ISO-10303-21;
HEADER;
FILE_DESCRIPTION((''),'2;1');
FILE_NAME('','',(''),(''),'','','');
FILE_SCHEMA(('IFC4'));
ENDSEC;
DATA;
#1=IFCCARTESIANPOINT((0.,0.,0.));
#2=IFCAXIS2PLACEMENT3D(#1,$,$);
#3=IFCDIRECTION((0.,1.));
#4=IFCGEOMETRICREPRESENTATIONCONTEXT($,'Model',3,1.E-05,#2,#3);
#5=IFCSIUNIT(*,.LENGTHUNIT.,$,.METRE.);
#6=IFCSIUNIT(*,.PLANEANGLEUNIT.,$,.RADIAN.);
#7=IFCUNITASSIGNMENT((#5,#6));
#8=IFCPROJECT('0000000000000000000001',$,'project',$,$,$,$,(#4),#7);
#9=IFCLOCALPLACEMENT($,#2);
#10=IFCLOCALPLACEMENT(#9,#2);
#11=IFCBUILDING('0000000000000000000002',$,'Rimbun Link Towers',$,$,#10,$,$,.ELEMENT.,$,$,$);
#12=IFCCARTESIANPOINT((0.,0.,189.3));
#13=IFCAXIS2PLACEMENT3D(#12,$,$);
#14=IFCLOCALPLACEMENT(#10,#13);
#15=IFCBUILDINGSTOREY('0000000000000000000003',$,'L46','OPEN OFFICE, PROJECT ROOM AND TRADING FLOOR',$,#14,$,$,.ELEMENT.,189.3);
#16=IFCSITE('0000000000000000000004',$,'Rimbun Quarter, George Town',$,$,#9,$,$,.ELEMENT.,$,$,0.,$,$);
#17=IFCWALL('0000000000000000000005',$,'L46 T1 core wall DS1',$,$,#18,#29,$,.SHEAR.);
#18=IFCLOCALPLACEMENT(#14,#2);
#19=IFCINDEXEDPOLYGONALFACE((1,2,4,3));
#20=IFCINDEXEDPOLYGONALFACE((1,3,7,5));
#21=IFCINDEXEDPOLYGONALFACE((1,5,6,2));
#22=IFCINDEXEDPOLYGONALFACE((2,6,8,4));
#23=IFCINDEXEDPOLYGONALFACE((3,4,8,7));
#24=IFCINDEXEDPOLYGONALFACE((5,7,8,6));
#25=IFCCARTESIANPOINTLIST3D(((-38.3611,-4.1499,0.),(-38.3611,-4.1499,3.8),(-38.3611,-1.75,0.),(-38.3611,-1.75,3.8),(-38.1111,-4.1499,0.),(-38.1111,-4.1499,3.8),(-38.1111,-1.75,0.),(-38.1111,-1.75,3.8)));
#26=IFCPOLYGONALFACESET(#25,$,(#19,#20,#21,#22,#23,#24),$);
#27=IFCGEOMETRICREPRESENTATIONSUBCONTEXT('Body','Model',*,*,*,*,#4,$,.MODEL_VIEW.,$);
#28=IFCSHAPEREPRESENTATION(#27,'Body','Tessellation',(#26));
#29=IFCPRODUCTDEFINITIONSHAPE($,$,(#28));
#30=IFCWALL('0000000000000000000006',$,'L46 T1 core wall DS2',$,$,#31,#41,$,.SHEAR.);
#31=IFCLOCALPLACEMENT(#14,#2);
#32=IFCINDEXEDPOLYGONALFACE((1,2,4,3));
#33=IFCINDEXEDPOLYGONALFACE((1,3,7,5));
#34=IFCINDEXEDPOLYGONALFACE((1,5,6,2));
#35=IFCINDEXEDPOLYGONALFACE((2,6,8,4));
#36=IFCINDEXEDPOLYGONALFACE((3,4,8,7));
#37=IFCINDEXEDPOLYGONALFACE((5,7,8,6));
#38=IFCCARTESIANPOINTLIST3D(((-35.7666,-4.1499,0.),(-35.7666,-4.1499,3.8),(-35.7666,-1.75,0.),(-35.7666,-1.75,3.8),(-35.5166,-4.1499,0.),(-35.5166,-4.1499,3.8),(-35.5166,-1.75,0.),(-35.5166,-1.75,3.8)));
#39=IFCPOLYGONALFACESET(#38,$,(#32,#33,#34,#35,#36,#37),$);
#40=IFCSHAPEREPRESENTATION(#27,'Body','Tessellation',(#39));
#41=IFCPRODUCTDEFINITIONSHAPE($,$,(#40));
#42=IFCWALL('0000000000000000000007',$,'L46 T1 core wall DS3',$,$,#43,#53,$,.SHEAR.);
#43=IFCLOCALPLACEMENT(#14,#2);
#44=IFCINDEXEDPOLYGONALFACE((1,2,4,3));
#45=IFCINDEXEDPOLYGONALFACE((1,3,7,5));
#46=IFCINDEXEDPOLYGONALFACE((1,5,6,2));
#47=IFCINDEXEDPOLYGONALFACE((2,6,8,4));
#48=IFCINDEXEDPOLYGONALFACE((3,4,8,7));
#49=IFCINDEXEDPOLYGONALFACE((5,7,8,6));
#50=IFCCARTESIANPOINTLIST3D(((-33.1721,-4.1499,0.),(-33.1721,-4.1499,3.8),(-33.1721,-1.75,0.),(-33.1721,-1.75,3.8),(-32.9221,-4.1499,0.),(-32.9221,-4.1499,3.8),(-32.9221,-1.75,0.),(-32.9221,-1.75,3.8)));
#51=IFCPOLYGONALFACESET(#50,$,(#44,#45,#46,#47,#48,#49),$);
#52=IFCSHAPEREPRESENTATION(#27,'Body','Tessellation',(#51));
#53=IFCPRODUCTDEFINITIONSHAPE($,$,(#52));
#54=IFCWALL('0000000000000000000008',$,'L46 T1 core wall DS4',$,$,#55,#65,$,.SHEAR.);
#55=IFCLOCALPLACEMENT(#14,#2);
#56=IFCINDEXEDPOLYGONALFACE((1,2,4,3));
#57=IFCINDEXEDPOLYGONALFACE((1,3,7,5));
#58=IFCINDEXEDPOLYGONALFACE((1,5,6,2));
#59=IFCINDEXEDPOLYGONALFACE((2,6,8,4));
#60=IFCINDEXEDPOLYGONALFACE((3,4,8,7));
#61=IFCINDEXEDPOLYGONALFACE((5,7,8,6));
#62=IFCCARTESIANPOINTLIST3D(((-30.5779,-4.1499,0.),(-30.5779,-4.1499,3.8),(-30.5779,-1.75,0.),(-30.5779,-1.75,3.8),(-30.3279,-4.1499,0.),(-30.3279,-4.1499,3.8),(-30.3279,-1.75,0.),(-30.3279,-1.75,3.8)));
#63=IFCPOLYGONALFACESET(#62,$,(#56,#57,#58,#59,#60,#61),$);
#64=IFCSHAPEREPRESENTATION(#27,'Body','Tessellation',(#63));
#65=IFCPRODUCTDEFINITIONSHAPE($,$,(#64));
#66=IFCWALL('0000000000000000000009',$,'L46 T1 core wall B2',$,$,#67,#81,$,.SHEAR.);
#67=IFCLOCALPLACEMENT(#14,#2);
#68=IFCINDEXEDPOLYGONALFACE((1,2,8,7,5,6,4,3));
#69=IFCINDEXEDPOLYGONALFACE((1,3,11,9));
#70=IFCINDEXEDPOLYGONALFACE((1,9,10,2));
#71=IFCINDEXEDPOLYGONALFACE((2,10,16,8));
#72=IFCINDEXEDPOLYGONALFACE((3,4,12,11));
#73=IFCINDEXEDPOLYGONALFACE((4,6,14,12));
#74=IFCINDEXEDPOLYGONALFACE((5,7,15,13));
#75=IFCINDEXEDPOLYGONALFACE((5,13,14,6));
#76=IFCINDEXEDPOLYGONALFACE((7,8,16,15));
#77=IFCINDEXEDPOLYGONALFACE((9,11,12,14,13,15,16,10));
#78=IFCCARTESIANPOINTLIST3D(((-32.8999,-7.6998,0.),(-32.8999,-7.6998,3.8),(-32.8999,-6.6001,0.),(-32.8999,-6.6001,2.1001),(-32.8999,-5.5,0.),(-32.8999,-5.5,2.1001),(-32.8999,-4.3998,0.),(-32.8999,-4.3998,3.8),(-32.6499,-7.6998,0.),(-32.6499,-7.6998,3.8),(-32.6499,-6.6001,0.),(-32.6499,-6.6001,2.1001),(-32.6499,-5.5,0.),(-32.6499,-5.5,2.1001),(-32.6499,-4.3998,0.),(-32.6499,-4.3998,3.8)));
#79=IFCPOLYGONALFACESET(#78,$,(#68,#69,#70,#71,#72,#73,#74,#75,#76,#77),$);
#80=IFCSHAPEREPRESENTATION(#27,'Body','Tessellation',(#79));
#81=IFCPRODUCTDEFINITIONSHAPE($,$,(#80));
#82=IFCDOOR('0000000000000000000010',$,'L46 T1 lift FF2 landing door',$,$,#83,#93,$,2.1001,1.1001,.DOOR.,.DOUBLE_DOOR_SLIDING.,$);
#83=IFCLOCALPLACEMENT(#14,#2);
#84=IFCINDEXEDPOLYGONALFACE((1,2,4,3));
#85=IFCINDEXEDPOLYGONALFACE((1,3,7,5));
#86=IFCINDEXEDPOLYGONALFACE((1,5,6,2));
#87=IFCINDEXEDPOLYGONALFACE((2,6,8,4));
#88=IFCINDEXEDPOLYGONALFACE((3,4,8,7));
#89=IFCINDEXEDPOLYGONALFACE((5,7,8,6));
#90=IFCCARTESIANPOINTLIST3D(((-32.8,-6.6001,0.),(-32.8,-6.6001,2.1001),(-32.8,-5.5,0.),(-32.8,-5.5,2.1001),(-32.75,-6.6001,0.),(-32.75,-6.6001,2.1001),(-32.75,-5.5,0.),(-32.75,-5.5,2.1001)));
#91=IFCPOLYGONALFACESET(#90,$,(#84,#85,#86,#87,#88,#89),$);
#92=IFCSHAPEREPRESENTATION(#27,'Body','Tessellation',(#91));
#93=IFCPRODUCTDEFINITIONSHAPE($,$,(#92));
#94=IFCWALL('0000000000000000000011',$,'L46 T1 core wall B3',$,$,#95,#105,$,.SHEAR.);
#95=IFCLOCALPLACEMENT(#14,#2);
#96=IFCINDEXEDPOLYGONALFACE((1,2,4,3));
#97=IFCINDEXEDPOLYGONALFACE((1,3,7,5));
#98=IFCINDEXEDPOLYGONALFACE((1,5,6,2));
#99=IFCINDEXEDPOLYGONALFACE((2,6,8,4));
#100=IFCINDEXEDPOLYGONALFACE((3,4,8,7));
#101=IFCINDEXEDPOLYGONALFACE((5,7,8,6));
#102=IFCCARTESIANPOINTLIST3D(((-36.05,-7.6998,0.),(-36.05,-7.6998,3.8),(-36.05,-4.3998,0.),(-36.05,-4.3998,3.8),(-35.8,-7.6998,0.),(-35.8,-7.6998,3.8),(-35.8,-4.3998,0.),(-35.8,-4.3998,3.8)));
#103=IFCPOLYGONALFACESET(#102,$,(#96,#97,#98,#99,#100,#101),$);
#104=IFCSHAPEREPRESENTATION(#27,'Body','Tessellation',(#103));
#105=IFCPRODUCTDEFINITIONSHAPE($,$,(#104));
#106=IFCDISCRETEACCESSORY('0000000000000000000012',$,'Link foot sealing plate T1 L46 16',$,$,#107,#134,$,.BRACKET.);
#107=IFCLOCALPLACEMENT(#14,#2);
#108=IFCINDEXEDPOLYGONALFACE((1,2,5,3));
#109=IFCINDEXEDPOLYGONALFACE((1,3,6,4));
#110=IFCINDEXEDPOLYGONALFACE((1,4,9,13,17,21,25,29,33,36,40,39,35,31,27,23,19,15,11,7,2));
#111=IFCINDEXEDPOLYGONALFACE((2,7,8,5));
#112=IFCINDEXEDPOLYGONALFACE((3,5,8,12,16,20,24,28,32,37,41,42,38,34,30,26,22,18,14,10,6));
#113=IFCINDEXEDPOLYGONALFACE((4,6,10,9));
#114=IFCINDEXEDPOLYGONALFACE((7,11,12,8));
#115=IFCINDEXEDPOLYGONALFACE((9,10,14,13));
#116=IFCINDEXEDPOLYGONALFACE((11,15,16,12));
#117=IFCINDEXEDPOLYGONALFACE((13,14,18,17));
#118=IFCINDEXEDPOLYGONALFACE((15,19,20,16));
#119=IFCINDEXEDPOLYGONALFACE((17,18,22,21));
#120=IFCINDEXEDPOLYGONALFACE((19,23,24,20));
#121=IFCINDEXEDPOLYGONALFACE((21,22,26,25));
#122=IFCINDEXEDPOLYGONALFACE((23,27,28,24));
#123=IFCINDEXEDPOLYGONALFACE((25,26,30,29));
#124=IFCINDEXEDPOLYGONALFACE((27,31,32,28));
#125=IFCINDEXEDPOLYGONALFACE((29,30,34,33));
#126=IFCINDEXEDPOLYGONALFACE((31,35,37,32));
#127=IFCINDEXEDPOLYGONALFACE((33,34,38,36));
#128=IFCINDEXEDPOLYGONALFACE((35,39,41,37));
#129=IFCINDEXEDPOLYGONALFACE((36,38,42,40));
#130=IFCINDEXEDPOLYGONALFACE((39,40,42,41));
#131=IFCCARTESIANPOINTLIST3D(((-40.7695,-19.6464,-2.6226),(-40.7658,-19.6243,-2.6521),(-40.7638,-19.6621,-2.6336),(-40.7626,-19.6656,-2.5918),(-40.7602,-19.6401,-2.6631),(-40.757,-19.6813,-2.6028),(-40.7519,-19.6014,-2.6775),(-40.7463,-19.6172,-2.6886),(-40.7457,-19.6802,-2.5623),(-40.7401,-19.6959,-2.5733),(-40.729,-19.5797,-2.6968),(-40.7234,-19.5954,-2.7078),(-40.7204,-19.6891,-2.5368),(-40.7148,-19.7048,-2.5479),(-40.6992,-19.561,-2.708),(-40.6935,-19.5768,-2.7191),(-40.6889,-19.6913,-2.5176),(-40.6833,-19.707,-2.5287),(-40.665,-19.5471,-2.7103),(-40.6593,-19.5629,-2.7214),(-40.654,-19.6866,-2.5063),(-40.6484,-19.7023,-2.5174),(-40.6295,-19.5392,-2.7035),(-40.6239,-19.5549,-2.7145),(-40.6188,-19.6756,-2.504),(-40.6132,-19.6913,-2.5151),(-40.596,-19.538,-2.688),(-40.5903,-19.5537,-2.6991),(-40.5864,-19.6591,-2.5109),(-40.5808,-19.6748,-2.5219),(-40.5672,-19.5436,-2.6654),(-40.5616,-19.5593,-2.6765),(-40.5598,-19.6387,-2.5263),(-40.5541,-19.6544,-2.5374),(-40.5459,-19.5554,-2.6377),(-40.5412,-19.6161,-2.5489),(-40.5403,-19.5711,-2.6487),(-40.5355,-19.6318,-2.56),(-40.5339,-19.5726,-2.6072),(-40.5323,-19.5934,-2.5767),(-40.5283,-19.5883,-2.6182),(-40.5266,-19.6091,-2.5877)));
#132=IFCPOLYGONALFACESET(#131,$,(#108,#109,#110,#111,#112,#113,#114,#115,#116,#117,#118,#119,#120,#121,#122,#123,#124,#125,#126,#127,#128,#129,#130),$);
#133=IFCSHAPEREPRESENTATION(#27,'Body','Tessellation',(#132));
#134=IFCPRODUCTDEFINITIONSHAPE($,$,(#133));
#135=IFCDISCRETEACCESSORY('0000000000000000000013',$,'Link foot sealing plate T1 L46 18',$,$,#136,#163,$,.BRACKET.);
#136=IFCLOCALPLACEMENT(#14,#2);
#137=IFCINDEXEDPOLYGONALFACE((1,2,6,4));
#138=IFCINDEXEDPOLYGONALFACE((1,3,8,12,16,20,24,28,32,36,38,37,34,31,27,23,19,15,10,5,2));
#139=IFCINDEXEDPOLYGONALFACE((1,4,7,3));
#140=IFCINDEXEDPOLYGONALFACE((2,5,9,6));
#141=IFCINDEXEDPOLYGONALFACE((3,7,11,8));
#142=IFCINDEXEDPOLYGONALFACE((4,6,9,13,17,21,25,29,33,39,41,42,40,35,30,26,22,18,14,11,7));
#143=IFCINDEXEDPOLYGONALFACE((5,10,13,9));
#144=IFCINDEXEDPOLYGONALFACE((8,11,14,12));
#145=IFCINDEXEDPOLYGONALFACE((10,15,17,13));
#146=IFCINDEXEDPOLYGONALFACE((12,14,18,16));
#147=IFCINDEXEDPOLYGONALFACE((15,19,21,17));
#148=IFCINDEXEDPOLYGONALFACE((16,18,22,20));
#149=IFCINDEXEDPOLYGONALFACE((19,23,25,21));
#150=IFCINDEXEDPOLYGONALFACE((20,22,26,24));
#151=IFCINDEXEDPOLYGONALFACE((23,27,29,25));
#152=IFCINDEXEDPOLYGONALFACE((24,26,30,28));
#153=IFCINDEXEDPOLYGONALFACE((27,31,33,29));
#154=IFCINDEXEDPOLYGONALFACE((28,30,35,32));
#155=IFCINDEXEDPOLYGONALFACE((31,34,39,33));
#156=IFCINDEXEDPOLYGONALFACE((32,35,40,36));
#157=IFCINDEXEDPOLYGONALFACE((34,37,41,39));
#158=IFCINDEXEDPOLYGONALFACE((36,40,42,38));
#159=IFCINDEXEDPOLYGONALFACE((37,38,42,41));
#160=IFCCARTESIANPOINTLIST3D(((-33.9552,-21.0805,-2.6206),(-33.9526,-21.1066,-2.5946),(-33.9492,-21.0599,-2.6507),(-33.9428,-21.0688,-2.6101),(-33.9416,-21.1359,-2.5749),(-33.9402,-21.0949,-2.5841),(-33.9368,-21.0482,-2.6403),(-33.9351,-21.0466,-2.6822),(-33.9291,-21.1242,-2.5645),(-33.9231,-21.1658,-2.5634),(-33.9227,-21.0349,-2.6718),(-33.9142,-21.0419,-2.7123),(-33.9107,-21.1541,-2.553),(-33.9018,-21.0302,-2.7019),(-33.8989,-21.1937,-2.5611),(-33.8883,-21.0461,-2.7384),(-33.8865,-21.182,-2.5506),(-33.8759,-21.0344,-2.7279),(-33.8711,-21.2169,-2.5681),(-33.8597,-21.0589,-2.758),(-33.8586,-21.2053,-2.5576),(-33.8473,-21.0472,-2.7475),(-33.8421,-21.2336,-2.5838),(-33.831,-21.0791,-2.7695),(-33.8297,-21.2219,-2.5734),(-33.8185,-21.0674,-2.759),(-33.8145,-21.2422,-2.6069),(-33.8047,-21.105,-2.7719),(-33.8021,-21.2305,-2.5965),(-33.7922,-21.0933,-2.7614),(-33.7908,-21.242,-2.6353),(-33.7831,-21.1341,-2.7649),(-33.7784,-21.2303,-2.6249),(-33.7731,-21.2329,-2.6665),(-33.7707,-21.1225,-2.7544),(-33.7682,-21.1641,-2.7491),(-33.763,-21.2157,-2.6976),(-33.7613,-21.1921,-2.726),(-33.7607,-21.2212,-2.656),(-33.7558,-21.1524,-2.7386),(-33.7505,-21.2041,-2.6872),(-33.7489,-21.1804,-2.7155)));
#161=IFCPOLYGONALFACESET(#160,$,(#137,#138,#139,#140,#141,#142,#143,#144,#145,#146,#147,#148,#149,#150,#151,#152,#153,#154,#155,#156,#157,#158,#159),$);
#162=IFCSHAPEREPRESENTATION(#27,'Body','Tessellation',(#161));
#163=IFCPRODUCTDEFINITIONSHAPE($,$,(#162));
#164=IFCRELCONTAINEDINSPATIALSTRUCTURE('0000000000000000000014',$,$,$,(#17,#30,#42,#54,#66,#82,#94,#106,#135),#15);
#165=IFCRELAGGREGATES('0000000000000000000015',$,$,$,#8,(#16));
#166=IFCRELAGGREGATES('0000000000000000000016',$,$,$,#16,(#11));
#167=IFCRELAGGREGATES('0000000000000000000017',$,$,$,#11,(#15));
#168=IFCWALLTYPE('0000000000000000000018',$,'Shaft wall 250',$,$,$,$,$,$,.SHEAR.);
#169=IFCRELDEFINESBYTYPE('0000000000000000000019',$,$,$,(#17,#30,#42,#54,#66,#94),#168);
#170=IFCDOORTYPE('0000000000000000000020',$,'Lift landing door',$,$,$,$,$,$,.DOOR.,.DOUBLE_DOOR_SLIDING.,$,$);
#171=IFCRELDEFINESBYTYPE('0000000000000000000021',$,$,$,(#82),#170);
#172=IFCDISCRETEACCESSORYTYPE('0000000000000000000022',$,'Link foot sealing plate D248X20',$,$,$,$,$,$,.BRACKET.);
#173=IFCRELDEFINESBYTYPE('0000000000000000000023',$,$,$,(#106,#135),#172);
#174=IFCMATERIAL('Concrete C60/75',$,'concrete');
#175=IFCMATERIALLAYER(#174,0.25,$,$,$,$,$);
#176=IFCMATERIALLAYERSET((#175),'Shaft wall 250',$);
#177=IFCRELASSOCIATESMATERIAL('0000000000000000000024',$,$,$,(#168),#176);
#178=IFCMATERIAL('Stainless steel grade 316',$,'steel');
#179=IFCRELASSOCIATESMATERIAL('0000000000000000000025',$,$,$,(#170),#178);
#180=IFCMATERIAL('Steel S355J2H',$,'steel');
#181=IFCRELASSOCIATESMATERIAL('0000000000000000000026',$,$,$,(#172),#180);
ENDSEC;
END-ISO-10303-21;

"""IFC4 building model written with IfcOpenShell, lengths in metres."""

from ifc_helpers import new_model, si_unit, direction, frame, frame_2d, origin, origin_2d, place, context, subcontext, project, spatial, rectangle, circle, extrude, material, layer, layer_set, material_profile, profile_set, type_object, element, fill, save


model = new_model("IFC4")

# Units and contexts
model_context = context("Model", 3, precision=1e-05, world=origin(), true_north=direction((0.0, 1.0)))
body_context = subcontext(model_context, "Body", "Model", "MODEL_VIEW")
ifc_project = project(units=[si_unit("LENGTHUNIT", "METRE"), si_unit("PLANEANGLEUNIT", "RADIAN")], contexts=[model_context])

# Site, building, storey
site_placement = place(None, origin())
site = spatial("IfcSite", under=ifc_project, at=site_placement, Name="Rimbun Quarter, George Town", CompositionType="ELEMENT", RefElevation=0.0)
building_placement = place(site_placement, origin())
building = spatial("IfcBuilding", under=site, at=building_placement, Name="Rimbun Link Towers", CompositionType="ELEMENT")
storey_placement = place(building_placement, frame((0.0, 0.0, 189.3)))
storey = spatial("IfcBuildingStorey", under=building, at=storey_placement, Name="L46", Description="OPEN OFFICE, PROJECT ROOM AND TRADING FLOOR", CompositionType="ELEMENT", Elevation=189.3)

# Walls
ifc_material_1 = material(Name="Concrete C60/75", Category="concrete")
ifc_layer_1 = layer(ifc_material_1, 0.25)
ifc_layer_set_1 = layer_set([ifc_layer_1], Name="Shaft wall 250")
wall_type_1 = type_object("IfcWallType", Name="Shaft wall 250", PredefinedType="SHEAR", material=ifc_layer_set_1)
for number, where, z_axis, x_axis, name in (
    (1, (-38.2361, -4.1499, 0.0), (0.0, 0.0, 1.0), (0.0, 1.0, 0.0), "L46 T1 core wall DS1"),
    (2, (-35.6416, -4.1499, 0.0), (0.0, 0.0, 1.0), (0.0, 1.0, 0.0), "L46 T1 core wall DS2"),
    (3, (-33.0471, -4.1499, 0.0), (0.0, 0.0, 1.0), (0.0, 1.0, 0.0), "L46 T1 core wall DS3"),
    (4, (-30.4529, -4.1499, 0.0), (0.0, 0.0, 1.0), (0.0, 1.0, 0.0), "L46 T1 core wall DS4"),
):
    element("IfcWall", number, at=place(storey_placement, frame(where, z_axis=z_axis, x_axis=x_axis)), inside=storey, type_object=wall_type_1, Name=name, PredefinedType="SHEAR", context=body_context, shape_type="SweptSolid", body=[
        extrude(rectangle(XDim=2.3999, YDim=0.25, at=frame_2d((1.2, 0.0))), origin(), (0.0, 0.0, 1.0), 3.8),
    ])

# Wall, opening, door
wall_1_placement = place(storey_placement, frame((-32.7749, -4.3999, 0.0), z_axis=(0.0, 0.0, 1.0), x_axis=(0.0, -1.0, 0.0)))
wall_1 = element("IfcWall", 5, at=wall_1_placement, inside=storey, type_object=wall_type_1, Name="L46 T1 core wall B2", PredefinedType="SHEAR", context=body_context, shape_type="SweptSolid", body=[
    extrude(rectangle(XDim=3.3, YDim=0.25, at=frame_2d((1.6499, 0.0))), origin(), (0.0, 0.0, 1.0), 3.8),
])
opening_1_placement = place(wall_1_placement, frame((1.1001, 0.0, 0.0)))
opening_1 = element("IfcOpeningElement", 6, at=opening_1_placement, cuts=wall_1, PredefinedType="OPENING", context=body_context, shape_type="SweptSolid", body=[
    extrude(rectangle(XDim=1.1001, YDim=2.1001, at=frame_2d((0.55, 1.05))), frame((0.0, 0.135, 0.0), z_axis=(0.0, -1.0, 0.0), x_axis=(1.0, 0.0, 0.0)), (0.0, 0.0, 1.0), 0.27),
])
ifc_material_2 = material(Name="Stainless steel grade 316", Category="steel")
door_type_1 = type_object("IfcDoorType", Name="Lift landing door", OperationType="DOUBLE_DOOR_SLIDING", PredefinedType="DOOR", material=ifc_material_2)
door_1_placement = place(opening_1_placement, origin())
door_1 = element("IfcDoor", 7, at=door_1_placement, inside=storey, type_object=door_type_1, Name="L46 T1 lift FF2 landing door", OperationType="DOUBLE_DOOR_SLIDING", OverallHeight=2.1001, OverallWidth=1.1001, PredefinedType="DOOR", context=body_context, shape_type="SweptSolid", body=[
    extrude(rectangle(XDim=1.1001, YDim=2.1001, at=frame_2d((0.55, 1.05))), frame((0.0, 0.0249, 0.0), z_axis=(0.0, -1.0, 0.0), x_axis=(1.0, 0.0, 0.0)), (0.0, 0.0, 1.0), 0.05),
])
fill(opening_1, door_1)

# Wall
wall_2_placement = place(storey_placement, frame((-35.925, -4.3999, 0.0), z_axis=(0.0, 0.0, 1.0), x_axis=(0.0, -1.0, 0.0)))
element("IfcWall", 8, at=wall_2_placement, inside=storey, type_object=wall_type_1, Name="L46 T1 core wall B3", PredefinedType="SHEAR", context=body_context, shape_type="SweptSolid", body=[
    extrude(rectangle(XDim=3.3, YDim=0.25, at=frame_2d((1.6499, 0.0))), origin(), (0.0, 0.0, 1.0), 3.8),
])

# Discrete accessories
ifc_material_3 = material(Name="Steel S355J2H", Category="steel")
ifc_material_profile_1 = material_profile(ifc_material_3, circle(Radius=0.124, at=origin_2d()), Name="PL D248")
ifc_profile_set_1 = profile_set([ifc_material_profile_1], Name="Steel S355J2H")
discrete_accessory_type = type_object("IfcDiscreteAccessoryType", Name="Link foot sealing plate D248X20", PredefinedType="BRACKET", material=ifc_profile_set_1)
for number, where, z_axis, x_axis, name in (
    (9, (-40.6506, -19.6145, -2.6072), (0.282044, -0.784818, -0.551825), (0.941075, 0.338199, 0.0), "Link foot sealing plate T1 L46 16"),
    (10, (-33.8457, -21.1309, -2.656), (-0.620568, -0.584064, -0.523224), (0.685365, -0.7282, 0.0), "Link foot sealing plate T1 L46 18"),
):
    element("IfcDiscreteAccessory", number, at=place(storey_placement, frame(where, z_axis=z_axis, x_axis=x_axis)), inside=storey, type_object=discrete_accessory_type, Name=name, PredefinedType="BRACKET", context=body_context, shape_type="SweptSolid", body=[
        extrude(circle(Radius=0.124, at=origin_2d()), origin(), (0.0, 0.0, 1.0), 0.02),
    ])

save(model, "model.ifc")
